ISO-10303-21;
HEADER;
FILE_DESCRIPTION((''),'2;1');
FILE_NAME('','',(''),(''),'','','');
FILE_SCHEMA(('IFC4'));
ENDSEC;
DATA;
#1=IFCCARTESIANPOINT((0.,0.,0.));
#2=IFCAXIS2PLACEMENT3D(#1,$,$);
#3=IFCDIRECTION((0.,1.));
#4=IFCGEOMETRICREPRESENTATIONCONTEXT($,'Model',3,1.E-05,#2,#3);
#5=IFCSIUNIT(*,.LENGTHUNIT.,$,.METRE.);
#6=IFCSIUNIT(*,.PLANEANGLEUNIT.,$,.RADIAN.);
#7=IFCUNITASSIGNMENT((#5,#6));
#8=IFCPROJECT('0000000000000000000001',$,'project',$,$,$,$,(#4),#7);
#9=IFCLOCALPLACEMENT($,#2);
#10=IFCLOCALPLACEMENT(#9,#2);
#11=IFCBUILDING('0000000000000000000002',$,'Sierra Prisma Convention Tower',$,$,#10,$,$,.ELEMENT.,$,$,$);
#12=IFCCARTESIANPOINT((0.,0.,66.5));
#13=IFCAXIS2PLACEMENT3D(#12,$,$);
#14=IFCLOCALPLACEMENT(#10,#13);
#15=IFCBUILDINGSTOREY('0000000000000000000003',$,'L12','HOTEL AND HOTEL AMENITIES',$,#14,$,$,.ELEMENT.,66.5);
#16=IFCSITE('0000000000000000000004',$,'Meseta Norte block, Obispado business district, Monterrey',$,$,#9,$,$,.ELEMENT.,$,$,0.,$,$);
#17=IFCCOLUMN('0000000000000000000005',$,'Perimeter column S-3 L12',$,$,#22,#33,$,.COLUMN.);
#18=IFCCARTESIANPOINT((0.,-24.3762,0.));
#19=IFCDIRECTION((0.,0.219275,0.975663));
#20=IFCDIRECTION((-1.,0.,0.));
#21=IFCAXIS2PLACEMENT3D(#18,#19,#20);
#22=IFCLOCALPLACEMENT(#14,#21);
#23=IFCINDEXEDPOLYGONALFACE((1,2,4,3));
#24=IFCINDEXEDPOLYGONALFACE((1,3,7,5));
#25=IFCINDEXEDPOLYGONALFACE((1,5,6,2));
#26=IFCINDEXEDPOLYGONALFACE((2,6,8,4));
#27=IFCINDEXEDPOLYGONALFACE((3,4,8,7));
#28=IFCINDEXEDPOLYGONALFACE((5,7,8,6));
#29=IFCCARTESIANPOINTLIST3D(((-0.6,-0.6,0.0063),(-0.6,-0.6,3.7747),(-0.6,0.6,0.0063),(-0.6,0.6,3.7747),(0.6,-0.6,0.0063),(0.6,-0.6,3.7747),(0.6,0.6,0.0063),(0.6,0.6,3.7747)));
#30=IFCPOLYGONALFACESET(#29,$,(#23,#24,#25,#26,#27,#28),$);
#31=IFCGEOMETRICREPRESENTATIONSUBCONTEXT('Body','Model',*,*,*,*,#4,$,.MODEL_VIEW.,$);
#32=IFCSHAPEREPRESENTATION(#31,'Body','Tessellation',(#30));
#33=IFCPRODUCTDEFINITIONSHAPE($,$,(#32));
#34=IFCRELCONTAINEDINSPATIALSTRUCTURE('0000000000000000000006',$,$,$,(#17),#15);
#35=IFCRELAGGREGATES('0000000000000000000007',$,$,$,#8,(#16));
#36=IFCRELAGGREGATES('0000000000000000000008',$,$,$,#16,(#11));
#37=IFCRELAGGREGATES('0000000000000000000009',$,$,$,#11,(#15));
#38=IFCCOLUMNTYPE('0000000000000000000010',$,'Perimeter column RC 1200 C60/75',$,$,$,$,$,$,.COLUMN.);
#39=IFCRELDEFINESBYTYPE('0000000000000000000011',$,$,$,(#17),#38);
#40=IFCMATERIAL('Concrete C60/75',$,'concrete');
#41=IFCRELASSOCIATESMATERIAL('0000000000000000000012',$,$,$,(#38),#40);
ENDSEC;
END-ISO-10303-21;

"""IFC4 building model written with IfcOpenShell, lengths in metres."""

from ifc_helpers import new_model, si_unit, direction, frame, origin, origin_2d, place, context, subcontext, project, spatial, rectangle, extrude, clip, halfspace, material, material_profile, profile_set, type_object, element, save


model = new_model("IFC4")

# Units and contexts
model_context = context("Model", 3, precision=1e-05, world=origin(), true_north=direction((0.0, 1.0)))
body_context = subcontext(model_context, "Body", "Model", "MODEL_VIEW")
ifc_project = project(units=[si_unit("LENGTHUNIT", "METRE"), si_unit("PLANEANGLEUNIT", "RADIAN")], contexts=[model_context])

# Site, building, storey
site_placement = place(None, origin())
site = spatial("IfcSite", under=ifc_project, at=site_placement, Name="Meseta Norte block, Obispado business district, Monterrey", CompositionType="ELEMENT", RefElevation=0.0)
building_placement = place(site_placement, origin())
building = spatial("IfcBuilding", under=site, at=building_placement, Name="Sierra Prisma Convention Tower", CompositionType="ELEMENT")
storey_placement = place(building_placement, frame((0.0, 0.0, 66.5)))
storey = spatial("IfcBuildingStorey", under=building, at=storey_placement, Name="L12", Description="HOTEL AND HOTEL AMENITIES", CompositionType="ELEMENT", Elevation=66.5)

# Column
ifc_material_1 = material(Name="Concrete C60/75", Category="concrete")
ifc_material_profile_1 = material_profile(ifc_material_1, rectangle(XDim=1.2, YDim=1.2, at=origin_2d()), Name="Perimeter column RC 1200 C60/75")
ifc_profile_set_1 = profile_set([ifc_material_profile_1], Name="Concrete C60/75")
column_type = type_object("IfcColumnType", Name="Perimeter column RC 1200 C60/75", PredefinedType="COLUMN", material=ifc_profile_set_1)
column_1_placement = place(storey_placement, frame((0.0, -24.3762, 0.0), z_axis=(0.0, 0.219275, 0.975663), x_axis=(-1.0, 0.0, 0.0)))
element("IfcColumn", 1, at=column_1_placement, inside=storey, type_object=column_type, Name="Perimeter column S-3 L12", PredefinedType="COLUMN", context=body_context, shape_type="SweptSolid", body=[
    clip(clip(extrude(rectangle(XDim=1.2, YDim=1.2, at=origin_2d()), origin(), (0.0, 0.0, 1.0), 3.7922), halfspace(frame((0.0, 0.0, 0.0063)), True)), halfspace(frame((0.0, 0.0, 3.7747)), False)),
])

save(model, "model.ifc")
